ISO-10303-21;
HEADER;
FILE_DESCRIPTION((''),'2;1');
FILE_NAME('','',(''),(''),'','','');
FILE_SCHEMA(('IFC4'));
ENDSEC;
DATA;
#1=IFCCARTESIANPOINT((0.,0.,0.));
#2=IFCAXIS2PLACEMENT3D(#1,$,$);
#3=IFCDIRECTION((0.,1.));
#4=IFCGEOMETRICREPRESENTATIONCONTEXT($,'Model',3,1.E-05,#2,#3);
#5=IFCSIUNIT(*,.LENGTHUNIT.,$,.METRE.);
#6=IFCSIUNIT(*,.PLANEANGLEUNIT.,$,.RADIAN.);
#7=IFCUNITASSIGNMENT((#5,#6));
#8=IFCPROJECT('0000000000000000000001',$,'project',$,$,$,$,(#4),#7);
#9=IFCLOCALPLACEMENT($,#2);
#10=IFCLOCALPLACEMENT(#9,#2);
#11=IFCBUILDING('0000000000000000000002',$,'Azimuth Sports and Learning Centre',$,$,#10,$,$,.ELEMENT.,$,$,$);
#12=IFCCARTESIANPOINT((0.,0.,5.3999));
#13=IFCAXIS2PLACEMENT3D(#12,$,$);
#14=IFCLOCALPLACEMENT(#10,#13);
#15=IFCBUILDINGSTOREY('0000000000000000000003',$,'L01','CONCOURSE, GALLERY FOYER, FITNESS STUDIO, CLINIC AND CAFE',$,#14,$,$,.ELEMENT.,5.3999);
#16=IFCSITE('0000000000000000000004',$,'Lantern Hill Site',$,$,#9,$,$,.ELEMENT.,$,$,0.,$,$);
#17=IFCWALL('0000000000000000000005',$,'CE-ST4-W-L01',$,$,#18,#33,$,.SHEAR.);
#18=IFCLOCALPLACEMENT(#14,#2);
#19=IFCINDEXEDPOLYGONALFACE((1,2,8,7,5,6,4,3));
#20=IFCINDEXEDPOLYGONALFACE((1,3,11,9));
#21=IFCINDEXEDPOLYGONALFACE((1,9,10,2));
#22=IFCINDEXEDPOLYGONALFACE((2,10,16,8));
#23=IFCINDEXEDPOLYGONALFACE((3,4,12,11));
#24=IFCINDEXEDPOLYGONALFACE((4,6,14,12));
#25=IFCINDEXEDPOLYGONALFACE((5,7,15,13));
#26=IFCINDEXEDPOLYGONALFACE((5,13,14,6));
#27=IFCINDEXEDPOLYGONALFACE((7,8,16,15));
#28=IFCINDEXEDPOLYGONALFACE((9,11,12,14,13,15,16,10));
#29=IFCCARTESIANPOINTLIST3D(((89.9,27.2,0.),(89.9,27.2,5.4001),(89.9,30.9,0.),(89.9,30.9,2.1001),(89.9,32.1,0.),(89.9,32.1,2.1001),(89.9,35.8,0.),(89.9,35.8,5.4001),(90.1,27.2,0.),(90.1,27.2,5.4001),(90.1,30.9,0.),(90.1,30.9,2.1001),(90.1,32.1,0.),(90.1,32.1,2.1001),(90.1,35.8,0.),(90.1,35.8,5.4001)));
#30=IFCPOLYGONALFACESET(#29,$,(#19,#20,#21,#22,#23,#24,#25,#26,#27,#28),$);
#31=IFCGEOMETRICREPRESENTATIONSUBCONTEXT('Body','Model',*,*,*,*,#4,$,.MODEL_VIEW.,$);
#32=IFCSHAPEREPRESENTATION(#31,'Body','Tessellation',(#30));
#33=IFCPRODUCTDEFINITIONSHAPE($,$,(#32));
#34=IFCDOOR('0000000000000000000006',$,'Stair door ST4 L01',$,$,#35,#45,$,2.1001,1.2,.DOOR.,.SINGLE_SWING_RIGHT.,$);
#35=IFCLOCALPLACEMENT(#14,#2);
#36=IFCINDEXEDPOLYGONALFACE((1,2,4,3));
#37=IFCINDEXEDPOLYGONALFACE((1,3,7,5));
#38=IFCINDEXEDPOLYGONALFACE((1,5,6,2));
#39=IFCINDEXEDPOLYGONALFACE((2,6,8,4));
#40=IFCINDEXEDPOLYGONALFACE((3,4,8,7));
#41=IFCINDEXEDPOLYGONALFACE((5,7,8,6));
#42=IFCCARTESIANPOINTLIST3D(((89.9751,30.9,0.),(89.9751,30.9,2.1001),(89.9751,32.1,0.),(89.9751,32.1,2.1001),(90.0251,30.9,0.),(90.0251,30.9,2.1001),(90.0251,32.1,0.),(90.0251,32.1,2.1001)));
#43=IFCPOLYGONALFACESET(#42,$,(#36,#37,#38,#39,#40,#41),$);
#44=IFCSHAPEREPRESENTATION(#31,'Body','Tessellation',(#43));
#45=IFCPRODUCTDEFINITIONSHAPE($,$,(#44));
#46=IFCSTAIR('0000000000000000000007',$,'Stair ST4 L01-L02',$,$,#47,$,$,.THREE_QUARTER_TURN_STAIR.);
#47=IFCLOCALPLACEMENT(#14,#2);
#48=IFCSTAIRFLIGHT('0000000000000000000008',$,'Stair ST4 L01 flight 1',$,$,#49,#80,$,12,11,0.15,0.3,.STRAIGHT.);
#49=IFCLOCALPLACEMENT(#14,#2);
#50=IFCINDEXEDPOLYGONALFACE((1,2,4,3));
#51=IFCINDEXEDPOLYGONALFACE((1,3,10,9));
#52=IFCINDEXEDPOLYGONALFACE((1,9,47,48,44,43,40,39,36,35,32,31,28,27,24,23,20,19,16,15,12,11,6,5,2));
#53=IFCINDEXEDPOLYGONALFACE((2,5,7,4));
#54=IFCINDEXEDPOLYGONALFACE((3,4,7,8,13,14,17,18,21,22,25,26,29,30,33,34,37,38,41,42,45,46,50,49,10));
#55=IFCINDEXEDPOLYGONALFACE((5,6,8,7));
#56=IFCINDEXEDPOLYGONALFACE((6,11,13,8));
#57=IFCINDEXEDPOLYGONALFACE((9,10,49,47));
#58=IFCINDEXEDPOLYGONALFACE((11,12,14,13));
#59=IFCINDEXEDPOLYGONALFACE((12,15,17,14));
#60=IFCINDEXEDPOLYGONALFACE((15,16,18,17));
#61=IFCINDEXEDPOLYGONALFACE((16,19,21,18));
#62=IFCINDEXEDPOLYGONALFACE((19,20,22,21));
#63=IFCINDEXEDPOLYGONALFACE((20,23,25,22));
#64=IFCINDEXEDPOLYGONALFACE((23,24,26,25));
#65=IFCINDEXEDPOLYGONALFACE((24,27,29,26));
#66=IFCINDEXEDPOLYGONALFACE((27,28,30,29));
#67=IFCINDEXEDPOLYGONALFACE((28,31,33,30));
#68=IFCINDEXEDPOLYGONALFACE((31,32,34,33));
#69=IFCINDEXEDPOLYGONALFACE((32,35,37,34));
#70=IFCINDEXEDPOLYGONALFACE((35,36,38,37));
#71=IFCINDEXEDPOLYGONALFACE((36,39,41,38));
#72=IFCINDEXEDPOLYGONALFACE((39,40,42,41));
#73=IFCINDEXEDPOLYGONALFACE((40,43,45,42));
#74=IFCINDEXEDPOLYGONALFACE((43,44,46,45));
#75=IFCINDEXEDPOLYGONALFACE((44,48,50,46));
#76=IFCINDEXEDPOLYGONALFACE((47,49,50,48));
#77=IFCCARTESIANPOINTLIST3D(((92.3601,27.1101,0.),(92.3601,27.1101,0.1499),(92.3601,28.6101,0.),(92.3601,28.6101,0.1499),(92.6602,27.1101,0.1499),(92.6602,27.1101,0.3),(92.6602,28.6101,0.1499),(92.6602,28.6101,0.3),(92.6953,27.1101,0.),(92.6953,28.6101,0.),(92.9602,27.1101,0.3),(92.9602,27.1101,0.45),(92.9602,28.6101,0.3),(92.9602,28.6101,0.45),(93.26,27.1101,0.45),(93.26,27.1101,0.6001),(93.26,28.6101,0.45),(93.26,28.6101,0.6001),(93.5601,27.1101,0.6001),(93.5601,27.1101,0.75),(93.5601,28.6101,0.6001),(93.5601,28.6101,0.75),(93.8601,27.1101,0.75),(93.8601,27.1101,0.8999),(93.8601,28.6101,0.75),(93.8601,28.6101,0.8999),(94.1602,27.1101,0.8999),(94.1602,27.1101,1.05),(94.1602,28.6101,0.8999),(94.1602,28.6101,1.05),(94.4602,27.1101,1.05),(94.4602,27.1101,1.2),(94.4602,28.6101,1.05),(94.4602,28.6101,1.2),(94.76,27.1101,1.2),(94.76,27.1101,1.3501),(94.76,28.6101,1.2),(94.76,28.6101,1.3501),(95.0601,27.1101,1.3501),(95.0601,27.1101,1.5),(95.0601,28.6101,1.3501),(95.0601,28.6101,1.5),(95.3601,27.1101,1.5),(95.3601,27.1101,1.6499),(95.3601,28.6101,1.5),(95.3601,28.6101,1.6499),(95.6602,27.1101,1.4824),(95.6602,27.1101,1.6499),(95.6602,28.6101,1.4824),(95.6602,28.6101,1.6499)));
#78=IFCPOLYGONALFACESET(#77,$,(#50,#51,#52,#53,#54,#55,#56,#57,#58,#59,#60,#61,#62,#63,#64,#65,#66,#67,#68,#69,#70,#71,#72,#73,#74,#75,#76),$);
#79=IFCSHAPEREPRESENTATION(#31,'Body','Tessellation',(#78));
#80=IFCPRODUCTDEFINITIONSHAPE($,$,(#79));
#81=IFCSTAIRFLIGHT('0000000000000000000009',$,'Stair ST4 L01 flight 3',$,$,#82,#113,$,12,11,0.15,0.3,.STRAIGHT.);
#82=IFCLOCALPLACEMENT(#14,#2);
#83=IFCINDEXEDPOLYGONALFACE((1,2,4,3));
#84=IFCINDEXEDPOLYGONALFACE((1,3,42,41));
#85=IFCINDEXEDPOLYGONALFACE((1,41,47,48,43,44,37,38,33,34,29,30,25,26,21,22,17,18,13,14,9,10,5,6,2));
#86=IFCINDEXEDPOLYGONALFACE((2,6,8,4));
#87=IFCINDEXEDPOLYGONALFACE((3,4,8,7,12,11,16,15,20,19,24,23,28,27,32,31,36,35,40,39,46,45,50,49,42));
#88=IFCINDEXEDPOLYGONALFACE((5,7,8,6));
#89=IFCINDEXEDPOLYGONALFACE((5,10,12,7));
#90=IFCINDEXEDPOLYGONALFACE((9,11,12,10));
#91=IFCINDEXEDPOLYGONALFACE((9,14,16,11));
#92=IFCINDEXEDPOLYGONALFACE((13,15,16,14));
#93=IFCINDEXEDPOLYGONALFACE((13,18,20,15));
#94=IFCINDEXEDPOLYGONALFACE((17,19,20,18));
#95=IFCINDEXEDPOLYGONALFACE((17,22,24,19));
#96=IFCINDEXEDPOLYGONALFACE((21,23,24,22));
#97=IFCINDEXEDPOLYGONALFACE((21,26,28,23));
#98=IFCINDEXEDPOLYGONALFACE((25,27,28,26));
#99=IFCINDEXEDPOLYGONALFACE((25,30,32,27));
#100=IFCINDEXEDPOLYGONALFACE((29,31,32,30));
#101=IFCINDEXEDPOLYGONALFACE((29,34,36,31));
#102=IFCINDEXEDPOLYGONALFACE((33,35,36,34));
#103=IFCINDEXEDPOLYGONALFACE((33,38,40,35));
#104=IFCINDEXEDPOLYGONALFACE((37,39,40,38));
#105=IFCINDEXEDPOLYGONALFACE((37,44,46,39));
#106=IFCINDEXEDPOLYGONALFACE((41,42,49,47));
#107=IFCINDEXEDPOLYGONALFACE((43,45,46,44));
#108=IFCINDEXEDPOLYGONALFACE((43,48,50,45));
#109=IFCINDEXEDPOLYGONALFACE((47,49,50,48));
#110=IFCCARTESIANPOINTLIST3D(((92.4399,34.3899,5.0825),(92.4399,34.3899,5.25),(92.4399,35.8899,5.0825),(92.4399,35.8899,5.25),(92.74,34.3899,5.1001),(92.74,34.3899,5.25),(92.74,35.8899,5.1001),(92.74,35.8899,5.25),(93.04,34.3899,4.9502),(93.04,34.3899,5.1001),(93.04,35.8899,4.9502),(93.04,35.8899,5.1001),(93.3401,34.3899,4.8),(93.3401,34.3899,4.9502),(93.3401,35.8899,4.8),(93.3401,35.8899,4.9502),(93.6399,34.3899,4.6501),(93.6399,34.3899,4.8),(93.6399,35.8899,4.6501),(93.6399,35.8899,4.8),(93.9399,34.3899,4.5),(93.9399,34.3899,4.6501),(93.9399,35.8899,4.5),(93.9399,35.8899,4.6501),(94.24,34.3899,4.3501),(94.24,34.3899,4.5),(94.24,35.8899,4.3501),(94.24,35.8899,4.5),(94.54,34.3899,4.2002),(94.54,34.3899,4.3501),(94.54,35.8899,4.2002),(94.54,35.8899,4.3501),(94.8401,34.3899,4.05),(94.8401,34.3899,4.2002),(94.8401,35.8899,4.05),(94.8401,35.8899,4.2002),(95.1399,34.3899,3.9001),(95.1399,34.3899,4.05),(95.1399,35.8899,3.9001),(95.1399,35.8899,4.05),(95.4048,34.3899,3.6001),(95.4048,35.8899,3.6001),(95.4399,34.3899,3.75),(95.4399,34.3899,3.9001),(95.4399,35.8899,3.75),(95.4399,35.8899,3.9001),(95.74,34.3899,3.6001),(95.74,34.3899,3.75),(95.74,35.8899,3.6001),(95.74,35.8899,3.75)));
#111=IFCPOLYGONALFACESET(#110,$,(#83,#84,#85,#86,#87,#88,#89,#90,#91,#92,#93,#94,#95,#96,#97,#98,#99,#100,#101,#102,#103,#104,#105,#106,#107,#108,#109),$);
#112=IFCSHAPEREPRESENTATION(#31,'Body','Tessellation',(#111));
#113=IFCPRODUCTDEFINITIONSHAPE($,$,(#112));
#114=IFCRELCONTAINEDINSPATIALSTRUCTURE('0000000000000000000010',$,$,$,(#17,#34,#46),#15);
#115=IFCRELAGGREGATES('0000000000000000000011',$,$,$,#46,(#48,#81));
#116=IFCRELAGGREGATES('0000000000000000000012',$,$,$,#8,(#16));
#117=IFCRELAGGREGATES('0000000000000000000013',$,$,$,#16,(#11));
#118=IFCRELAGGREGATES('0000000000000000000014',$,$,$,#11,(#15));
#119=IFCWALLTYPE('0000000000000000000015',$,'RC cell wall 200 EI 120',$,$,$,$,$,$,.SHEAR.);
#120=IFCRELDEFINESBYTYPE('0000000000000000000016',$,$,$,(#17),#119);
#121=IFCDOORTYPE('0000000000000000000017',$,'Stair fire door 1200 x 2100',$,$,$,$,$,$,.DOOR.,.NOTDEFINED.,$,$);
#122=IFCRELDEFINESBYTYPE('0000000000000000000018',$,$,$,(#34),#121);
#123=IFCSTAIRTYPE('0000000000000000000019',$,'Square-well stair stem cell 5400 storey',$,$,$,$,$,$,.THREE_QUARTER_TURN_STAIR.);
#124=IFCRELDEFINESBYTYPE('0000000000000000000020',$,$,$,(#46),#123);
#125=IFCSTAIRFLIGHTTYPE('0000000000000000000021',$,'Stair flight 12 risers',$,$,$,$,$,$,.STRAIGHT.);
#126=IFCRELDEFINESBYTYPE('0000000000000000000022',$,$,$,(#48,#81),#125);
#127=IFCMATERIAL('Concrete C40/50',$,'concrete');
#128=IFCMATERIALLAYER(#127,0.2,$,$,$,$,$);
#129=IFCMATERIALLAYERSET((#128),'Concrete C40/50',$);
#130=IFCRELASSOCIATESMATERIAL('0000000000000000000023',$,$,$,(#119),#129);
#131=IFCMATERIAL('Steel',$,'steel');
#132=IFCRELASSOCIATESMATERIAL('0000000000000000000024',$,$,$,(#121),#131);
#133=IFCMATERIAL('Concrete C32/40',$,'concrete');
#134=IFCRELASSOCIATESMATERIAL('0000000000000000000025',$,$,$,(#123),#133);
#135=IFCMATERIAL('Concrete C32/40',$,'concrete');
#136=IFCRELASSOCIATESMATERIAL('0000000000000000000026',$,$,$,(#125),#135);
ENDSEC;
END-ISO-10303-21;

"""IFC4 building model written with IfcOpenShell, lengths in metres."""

from ifc_helpers import new_model, si_unit, direction, frame, frame_2d, origin, place, context, subcontext, project, spatial, polyline, rectangle, outline, extrude, material, layer, layer_set, type_object, element, fill, aggregate, save


model = new_model("IFC4")

# Units and contexts
model_context = context("Model", 3, precision=1e-05, world=origin(), true_north=direction((0.0, 1.0)))
body_context = subcontext(model_context, "Body", "Model", "MODEL_VIEW")
ifc_project = project(units=[si_unit("LENGTHUNIT", "METRE"), si_unit("PLANEANGLEUNIT", "RADIAN")], contexts=[model_context])

# Site, building, storey
site_placement = place(None, origin())
site = spatial("IfcSite", under=ifc_project, at=site_placement, Name="Lantern Hill Site", CompositionType="ELEMENT", RefElevation=0.0)
building_placement = place(site_placement, origin())
building = spatial("IfcBuilding", under=site, at=building_placement, Name="Azimuth Sports and Learning Centre", CompositionType="ELEMENT")
storey_placement = place(building_placement, frame((0.0, 0.0, 5.3999)))
storey = spatial("IfcBuildingStorey", under=building, at=storey_placement, Name="L01", Description="CONCOURSE, GALLERY FOYER, FITNESS STUDIO, CLINIC AND CAFE", CompositionType="ELEMENT", Elevation=5.3999)

# Shared definitions
ifc_material_1 = material(Name="Concrete C40/50", Category="concrete")
ifc_layer_1 = layer(ifc_material_1, 0.2)
ifc_layer_set_1 = layer_set([ifc_layer_1], Name="Concrete C40/50")
wall_type_1 = type_object("IfcWallType", Name="RC cell wall 200 EI 120", PredefinedType="SHEAR", material=ifc_layer_set_1)
ifc_material_2 = material(Name="Steel", Category="steel")
door_type_1 = type_object("IfcDoorType", Name="Stair fire door 1200 x 2100", OperationType="NOTDEFINED", PredefinedType="DOOR", material=ifc_material_2)

# Wall, opening, door
wall_1_placement = place(storey_placement, frame((90.0, 27.2, 0.0), z_axis=(0.0, 0.0, 1.0), x_axis=(0.0, 1.0, 0.0)))
wall_1 = element("IfcWall", 1, at=wall_1_placement, inside=storey, type_object=wall_type_1, Name="CE-ST4-W-L01", PredefinedType="SHEAR", context=body_context, shape_type="SweptSolid", body=[
    extrude(rectangle(XDim=8.6001, YDim=0.2, at=frame_2d((4.3, 0.0))), origin(), (0.0, 0.0, 1.0), 5.4001),
])
opening_1_placement = place(wall_1_placement, frame((3.7, 0.0, 0.0)))
opening_1 = element("IfcOpeningElement", 2, at=opening_1_placement, cuts=wall_1, PredefinedType="OPENING", context=body_context, shape_type="SweptSolid", body=[
    extrude(rectangle(XDim=1.2, YDim=2.1001, at=frame_2d((0.6001, 1.05))), frame((0.0, 0.1108, 0.0), z_axis=(0.0, -1.0, 0.0), x_axis=(1.0, 0.0, 0.0)), (0.0, 0.0, 1.0), 0.2219),
])
door_1_placement = place(opening_1_placement, origin())
door_1 = element("IfcDoor", 3, at=door_1_placement, inside=storey, type_object=door_type_1, Name="Stair door ST4 L01", OperationType="SINGLE_SWING_RIGHT", OverallHeight=2.1001, OverallWidth=1.2, PredefinedType="DOOR", context=body_context, shape_type="SweptSolid", body=[
    extrude(rectangle(XDim=1.2, YDim=2.1001, at=frame_2d((0.6001, 1.05))), frame((0.0, 0.0249, 0.0), z_axis=(0.0, -1.0, 0.0), x_axis=(1.0, 0.0, 0.0)), (0.0, 0.0, 1.0), 0.05),
])
fill(opening_1, door_1)

# Stair, stair flights
ifc_material_3 = material(Name="Concrete C32/40", Category="concrete")
stair_type = type_object("IfcStairType", Name="Square-well stair stem cell 5400 storey", PredefinedType="THREE_QUARTER_TURN_STAIR", material=ifc_material_3)
stair_placement = place(storey_placement, origin())
stair = element("IfcStair", 4, at=stair_placement, inside=storey, type_object=stair_type, Name="Stair ST4 L01-L02", PredefinedType="THREE_QUARTER_TURN_STAIR")
ifc_material_4 = material(Name="Concrete C32/40", Category="concrete")
stair_flight_type = type_object("IfcStairFlightType", Name="Stair flight 12 risers", PredefinedType="STRAIGHT", material=ifc_material_4)
stair_flight_1_placement = place(storey_placement, frame((92.3601, 27.8601, 0.0), z_axis=(0.0, 0.0, 1.0), x_axis=(1.0, 0.0, 0.0)))
stair_flight_1 = element("IfcStairFlight", 5, at=stair_flight_1_placement, type_object=stair_flight_type, Name="Stair ST4 L01 flight 1", NumberOfRisers=12, NumberOfTreads=11, PredefinedType="STRAIGHT", RiserHeight=0.15, TreadLength=0.3, context=body_context, shape_type="SweptSolid", body=[
    extrude(outline(polyline([(0.0, 0.0), (0.0, 0.1499), (0.3, 0.1499), (0.3, 0.3), (0.6001, 0.3), (0.6001, 0.45), (0.8999, 0.45), (0.8999, 0.6001), (1.2, 0.6001), (1.2, 0.75), (1.5, 0.75), (1.5, 0.8999), (1.8, 0.8999), (1.8, 1.05), (2.1001, 1.05), (2.1001, 1.2), (2.3999, 1.2), (2.3999, 1.3501), (2.7, 1.3501), (2.7, 1.5), (3.0, 1.5), (3.0, 1.6499), (3.3, 1.6499), (3.3, 1.8), (3.3, 1.4824), (0.3352, 0.0), (0.0, 0.0)])), frame((0.0, 0.75, 0.0), z_axis=(0.0, -1.0, 0.0), x_axis=(1.0, 0.0, 0.0)), (0.0, 0.0, 1.0), 1.5),
])
stair_flight_2_placement = place(storey_placement, frame((95.74, 35.1399, 3.6001), z_axis=(0.0, 0.0, 1.0), x_axis=(-1.0, 0.0, 0.0)))
stair_flight_2 = element("IfcStairFlight", 6, at=stair_flight_2_placement, type_object=stair_flight_type, Name="Stair ST4 L01 flight 3", NumberOfRisers=12, NumberOfTreads=11, PredefinedType="STRAIGHT", RiserHeight=0.15, TreadLength=0.3, context=body_context, shape_type="SweptSolid", body=[
    extrude(outline(polyline([(0.0, 0.0), (0.0, 0.1499), (0.3, 0.1499), (0.3, 0.3), (0.6001, 0.3), (0.6001, 0.45), (0.8999, 0.45), (0.8999, 0.6001), (1.2, 0.6001), (1.2, 0.75), (1.5, 0.75), (1.5, 0.8999), (1.8, 0.8999), (1.8, 1.05), (2.1001, 1.05), (2.1001, 1.2), (2.3999, 1.2), (2.3999, 1.3501), (2.7, 1.3501), (2.7, 1.5), (3.0, 1.5), (3.0, 1.6499), (3.3, 1.6499), (3.3, 1.8), (3.3, 1.4824), (0.3352, 0.0), (0.0, 0.0)])), frame((0.0, 0.75, 0.0), z_axis=(0.0, -1.0, 0.0), x_axis=(1.0, 0.0, 0.0)), (0.0, 0.0, 1.0), 1.5),
])
aggregate(stair, [stair_flight_1, stair_flight_2])

save(model, "model.ifc")
